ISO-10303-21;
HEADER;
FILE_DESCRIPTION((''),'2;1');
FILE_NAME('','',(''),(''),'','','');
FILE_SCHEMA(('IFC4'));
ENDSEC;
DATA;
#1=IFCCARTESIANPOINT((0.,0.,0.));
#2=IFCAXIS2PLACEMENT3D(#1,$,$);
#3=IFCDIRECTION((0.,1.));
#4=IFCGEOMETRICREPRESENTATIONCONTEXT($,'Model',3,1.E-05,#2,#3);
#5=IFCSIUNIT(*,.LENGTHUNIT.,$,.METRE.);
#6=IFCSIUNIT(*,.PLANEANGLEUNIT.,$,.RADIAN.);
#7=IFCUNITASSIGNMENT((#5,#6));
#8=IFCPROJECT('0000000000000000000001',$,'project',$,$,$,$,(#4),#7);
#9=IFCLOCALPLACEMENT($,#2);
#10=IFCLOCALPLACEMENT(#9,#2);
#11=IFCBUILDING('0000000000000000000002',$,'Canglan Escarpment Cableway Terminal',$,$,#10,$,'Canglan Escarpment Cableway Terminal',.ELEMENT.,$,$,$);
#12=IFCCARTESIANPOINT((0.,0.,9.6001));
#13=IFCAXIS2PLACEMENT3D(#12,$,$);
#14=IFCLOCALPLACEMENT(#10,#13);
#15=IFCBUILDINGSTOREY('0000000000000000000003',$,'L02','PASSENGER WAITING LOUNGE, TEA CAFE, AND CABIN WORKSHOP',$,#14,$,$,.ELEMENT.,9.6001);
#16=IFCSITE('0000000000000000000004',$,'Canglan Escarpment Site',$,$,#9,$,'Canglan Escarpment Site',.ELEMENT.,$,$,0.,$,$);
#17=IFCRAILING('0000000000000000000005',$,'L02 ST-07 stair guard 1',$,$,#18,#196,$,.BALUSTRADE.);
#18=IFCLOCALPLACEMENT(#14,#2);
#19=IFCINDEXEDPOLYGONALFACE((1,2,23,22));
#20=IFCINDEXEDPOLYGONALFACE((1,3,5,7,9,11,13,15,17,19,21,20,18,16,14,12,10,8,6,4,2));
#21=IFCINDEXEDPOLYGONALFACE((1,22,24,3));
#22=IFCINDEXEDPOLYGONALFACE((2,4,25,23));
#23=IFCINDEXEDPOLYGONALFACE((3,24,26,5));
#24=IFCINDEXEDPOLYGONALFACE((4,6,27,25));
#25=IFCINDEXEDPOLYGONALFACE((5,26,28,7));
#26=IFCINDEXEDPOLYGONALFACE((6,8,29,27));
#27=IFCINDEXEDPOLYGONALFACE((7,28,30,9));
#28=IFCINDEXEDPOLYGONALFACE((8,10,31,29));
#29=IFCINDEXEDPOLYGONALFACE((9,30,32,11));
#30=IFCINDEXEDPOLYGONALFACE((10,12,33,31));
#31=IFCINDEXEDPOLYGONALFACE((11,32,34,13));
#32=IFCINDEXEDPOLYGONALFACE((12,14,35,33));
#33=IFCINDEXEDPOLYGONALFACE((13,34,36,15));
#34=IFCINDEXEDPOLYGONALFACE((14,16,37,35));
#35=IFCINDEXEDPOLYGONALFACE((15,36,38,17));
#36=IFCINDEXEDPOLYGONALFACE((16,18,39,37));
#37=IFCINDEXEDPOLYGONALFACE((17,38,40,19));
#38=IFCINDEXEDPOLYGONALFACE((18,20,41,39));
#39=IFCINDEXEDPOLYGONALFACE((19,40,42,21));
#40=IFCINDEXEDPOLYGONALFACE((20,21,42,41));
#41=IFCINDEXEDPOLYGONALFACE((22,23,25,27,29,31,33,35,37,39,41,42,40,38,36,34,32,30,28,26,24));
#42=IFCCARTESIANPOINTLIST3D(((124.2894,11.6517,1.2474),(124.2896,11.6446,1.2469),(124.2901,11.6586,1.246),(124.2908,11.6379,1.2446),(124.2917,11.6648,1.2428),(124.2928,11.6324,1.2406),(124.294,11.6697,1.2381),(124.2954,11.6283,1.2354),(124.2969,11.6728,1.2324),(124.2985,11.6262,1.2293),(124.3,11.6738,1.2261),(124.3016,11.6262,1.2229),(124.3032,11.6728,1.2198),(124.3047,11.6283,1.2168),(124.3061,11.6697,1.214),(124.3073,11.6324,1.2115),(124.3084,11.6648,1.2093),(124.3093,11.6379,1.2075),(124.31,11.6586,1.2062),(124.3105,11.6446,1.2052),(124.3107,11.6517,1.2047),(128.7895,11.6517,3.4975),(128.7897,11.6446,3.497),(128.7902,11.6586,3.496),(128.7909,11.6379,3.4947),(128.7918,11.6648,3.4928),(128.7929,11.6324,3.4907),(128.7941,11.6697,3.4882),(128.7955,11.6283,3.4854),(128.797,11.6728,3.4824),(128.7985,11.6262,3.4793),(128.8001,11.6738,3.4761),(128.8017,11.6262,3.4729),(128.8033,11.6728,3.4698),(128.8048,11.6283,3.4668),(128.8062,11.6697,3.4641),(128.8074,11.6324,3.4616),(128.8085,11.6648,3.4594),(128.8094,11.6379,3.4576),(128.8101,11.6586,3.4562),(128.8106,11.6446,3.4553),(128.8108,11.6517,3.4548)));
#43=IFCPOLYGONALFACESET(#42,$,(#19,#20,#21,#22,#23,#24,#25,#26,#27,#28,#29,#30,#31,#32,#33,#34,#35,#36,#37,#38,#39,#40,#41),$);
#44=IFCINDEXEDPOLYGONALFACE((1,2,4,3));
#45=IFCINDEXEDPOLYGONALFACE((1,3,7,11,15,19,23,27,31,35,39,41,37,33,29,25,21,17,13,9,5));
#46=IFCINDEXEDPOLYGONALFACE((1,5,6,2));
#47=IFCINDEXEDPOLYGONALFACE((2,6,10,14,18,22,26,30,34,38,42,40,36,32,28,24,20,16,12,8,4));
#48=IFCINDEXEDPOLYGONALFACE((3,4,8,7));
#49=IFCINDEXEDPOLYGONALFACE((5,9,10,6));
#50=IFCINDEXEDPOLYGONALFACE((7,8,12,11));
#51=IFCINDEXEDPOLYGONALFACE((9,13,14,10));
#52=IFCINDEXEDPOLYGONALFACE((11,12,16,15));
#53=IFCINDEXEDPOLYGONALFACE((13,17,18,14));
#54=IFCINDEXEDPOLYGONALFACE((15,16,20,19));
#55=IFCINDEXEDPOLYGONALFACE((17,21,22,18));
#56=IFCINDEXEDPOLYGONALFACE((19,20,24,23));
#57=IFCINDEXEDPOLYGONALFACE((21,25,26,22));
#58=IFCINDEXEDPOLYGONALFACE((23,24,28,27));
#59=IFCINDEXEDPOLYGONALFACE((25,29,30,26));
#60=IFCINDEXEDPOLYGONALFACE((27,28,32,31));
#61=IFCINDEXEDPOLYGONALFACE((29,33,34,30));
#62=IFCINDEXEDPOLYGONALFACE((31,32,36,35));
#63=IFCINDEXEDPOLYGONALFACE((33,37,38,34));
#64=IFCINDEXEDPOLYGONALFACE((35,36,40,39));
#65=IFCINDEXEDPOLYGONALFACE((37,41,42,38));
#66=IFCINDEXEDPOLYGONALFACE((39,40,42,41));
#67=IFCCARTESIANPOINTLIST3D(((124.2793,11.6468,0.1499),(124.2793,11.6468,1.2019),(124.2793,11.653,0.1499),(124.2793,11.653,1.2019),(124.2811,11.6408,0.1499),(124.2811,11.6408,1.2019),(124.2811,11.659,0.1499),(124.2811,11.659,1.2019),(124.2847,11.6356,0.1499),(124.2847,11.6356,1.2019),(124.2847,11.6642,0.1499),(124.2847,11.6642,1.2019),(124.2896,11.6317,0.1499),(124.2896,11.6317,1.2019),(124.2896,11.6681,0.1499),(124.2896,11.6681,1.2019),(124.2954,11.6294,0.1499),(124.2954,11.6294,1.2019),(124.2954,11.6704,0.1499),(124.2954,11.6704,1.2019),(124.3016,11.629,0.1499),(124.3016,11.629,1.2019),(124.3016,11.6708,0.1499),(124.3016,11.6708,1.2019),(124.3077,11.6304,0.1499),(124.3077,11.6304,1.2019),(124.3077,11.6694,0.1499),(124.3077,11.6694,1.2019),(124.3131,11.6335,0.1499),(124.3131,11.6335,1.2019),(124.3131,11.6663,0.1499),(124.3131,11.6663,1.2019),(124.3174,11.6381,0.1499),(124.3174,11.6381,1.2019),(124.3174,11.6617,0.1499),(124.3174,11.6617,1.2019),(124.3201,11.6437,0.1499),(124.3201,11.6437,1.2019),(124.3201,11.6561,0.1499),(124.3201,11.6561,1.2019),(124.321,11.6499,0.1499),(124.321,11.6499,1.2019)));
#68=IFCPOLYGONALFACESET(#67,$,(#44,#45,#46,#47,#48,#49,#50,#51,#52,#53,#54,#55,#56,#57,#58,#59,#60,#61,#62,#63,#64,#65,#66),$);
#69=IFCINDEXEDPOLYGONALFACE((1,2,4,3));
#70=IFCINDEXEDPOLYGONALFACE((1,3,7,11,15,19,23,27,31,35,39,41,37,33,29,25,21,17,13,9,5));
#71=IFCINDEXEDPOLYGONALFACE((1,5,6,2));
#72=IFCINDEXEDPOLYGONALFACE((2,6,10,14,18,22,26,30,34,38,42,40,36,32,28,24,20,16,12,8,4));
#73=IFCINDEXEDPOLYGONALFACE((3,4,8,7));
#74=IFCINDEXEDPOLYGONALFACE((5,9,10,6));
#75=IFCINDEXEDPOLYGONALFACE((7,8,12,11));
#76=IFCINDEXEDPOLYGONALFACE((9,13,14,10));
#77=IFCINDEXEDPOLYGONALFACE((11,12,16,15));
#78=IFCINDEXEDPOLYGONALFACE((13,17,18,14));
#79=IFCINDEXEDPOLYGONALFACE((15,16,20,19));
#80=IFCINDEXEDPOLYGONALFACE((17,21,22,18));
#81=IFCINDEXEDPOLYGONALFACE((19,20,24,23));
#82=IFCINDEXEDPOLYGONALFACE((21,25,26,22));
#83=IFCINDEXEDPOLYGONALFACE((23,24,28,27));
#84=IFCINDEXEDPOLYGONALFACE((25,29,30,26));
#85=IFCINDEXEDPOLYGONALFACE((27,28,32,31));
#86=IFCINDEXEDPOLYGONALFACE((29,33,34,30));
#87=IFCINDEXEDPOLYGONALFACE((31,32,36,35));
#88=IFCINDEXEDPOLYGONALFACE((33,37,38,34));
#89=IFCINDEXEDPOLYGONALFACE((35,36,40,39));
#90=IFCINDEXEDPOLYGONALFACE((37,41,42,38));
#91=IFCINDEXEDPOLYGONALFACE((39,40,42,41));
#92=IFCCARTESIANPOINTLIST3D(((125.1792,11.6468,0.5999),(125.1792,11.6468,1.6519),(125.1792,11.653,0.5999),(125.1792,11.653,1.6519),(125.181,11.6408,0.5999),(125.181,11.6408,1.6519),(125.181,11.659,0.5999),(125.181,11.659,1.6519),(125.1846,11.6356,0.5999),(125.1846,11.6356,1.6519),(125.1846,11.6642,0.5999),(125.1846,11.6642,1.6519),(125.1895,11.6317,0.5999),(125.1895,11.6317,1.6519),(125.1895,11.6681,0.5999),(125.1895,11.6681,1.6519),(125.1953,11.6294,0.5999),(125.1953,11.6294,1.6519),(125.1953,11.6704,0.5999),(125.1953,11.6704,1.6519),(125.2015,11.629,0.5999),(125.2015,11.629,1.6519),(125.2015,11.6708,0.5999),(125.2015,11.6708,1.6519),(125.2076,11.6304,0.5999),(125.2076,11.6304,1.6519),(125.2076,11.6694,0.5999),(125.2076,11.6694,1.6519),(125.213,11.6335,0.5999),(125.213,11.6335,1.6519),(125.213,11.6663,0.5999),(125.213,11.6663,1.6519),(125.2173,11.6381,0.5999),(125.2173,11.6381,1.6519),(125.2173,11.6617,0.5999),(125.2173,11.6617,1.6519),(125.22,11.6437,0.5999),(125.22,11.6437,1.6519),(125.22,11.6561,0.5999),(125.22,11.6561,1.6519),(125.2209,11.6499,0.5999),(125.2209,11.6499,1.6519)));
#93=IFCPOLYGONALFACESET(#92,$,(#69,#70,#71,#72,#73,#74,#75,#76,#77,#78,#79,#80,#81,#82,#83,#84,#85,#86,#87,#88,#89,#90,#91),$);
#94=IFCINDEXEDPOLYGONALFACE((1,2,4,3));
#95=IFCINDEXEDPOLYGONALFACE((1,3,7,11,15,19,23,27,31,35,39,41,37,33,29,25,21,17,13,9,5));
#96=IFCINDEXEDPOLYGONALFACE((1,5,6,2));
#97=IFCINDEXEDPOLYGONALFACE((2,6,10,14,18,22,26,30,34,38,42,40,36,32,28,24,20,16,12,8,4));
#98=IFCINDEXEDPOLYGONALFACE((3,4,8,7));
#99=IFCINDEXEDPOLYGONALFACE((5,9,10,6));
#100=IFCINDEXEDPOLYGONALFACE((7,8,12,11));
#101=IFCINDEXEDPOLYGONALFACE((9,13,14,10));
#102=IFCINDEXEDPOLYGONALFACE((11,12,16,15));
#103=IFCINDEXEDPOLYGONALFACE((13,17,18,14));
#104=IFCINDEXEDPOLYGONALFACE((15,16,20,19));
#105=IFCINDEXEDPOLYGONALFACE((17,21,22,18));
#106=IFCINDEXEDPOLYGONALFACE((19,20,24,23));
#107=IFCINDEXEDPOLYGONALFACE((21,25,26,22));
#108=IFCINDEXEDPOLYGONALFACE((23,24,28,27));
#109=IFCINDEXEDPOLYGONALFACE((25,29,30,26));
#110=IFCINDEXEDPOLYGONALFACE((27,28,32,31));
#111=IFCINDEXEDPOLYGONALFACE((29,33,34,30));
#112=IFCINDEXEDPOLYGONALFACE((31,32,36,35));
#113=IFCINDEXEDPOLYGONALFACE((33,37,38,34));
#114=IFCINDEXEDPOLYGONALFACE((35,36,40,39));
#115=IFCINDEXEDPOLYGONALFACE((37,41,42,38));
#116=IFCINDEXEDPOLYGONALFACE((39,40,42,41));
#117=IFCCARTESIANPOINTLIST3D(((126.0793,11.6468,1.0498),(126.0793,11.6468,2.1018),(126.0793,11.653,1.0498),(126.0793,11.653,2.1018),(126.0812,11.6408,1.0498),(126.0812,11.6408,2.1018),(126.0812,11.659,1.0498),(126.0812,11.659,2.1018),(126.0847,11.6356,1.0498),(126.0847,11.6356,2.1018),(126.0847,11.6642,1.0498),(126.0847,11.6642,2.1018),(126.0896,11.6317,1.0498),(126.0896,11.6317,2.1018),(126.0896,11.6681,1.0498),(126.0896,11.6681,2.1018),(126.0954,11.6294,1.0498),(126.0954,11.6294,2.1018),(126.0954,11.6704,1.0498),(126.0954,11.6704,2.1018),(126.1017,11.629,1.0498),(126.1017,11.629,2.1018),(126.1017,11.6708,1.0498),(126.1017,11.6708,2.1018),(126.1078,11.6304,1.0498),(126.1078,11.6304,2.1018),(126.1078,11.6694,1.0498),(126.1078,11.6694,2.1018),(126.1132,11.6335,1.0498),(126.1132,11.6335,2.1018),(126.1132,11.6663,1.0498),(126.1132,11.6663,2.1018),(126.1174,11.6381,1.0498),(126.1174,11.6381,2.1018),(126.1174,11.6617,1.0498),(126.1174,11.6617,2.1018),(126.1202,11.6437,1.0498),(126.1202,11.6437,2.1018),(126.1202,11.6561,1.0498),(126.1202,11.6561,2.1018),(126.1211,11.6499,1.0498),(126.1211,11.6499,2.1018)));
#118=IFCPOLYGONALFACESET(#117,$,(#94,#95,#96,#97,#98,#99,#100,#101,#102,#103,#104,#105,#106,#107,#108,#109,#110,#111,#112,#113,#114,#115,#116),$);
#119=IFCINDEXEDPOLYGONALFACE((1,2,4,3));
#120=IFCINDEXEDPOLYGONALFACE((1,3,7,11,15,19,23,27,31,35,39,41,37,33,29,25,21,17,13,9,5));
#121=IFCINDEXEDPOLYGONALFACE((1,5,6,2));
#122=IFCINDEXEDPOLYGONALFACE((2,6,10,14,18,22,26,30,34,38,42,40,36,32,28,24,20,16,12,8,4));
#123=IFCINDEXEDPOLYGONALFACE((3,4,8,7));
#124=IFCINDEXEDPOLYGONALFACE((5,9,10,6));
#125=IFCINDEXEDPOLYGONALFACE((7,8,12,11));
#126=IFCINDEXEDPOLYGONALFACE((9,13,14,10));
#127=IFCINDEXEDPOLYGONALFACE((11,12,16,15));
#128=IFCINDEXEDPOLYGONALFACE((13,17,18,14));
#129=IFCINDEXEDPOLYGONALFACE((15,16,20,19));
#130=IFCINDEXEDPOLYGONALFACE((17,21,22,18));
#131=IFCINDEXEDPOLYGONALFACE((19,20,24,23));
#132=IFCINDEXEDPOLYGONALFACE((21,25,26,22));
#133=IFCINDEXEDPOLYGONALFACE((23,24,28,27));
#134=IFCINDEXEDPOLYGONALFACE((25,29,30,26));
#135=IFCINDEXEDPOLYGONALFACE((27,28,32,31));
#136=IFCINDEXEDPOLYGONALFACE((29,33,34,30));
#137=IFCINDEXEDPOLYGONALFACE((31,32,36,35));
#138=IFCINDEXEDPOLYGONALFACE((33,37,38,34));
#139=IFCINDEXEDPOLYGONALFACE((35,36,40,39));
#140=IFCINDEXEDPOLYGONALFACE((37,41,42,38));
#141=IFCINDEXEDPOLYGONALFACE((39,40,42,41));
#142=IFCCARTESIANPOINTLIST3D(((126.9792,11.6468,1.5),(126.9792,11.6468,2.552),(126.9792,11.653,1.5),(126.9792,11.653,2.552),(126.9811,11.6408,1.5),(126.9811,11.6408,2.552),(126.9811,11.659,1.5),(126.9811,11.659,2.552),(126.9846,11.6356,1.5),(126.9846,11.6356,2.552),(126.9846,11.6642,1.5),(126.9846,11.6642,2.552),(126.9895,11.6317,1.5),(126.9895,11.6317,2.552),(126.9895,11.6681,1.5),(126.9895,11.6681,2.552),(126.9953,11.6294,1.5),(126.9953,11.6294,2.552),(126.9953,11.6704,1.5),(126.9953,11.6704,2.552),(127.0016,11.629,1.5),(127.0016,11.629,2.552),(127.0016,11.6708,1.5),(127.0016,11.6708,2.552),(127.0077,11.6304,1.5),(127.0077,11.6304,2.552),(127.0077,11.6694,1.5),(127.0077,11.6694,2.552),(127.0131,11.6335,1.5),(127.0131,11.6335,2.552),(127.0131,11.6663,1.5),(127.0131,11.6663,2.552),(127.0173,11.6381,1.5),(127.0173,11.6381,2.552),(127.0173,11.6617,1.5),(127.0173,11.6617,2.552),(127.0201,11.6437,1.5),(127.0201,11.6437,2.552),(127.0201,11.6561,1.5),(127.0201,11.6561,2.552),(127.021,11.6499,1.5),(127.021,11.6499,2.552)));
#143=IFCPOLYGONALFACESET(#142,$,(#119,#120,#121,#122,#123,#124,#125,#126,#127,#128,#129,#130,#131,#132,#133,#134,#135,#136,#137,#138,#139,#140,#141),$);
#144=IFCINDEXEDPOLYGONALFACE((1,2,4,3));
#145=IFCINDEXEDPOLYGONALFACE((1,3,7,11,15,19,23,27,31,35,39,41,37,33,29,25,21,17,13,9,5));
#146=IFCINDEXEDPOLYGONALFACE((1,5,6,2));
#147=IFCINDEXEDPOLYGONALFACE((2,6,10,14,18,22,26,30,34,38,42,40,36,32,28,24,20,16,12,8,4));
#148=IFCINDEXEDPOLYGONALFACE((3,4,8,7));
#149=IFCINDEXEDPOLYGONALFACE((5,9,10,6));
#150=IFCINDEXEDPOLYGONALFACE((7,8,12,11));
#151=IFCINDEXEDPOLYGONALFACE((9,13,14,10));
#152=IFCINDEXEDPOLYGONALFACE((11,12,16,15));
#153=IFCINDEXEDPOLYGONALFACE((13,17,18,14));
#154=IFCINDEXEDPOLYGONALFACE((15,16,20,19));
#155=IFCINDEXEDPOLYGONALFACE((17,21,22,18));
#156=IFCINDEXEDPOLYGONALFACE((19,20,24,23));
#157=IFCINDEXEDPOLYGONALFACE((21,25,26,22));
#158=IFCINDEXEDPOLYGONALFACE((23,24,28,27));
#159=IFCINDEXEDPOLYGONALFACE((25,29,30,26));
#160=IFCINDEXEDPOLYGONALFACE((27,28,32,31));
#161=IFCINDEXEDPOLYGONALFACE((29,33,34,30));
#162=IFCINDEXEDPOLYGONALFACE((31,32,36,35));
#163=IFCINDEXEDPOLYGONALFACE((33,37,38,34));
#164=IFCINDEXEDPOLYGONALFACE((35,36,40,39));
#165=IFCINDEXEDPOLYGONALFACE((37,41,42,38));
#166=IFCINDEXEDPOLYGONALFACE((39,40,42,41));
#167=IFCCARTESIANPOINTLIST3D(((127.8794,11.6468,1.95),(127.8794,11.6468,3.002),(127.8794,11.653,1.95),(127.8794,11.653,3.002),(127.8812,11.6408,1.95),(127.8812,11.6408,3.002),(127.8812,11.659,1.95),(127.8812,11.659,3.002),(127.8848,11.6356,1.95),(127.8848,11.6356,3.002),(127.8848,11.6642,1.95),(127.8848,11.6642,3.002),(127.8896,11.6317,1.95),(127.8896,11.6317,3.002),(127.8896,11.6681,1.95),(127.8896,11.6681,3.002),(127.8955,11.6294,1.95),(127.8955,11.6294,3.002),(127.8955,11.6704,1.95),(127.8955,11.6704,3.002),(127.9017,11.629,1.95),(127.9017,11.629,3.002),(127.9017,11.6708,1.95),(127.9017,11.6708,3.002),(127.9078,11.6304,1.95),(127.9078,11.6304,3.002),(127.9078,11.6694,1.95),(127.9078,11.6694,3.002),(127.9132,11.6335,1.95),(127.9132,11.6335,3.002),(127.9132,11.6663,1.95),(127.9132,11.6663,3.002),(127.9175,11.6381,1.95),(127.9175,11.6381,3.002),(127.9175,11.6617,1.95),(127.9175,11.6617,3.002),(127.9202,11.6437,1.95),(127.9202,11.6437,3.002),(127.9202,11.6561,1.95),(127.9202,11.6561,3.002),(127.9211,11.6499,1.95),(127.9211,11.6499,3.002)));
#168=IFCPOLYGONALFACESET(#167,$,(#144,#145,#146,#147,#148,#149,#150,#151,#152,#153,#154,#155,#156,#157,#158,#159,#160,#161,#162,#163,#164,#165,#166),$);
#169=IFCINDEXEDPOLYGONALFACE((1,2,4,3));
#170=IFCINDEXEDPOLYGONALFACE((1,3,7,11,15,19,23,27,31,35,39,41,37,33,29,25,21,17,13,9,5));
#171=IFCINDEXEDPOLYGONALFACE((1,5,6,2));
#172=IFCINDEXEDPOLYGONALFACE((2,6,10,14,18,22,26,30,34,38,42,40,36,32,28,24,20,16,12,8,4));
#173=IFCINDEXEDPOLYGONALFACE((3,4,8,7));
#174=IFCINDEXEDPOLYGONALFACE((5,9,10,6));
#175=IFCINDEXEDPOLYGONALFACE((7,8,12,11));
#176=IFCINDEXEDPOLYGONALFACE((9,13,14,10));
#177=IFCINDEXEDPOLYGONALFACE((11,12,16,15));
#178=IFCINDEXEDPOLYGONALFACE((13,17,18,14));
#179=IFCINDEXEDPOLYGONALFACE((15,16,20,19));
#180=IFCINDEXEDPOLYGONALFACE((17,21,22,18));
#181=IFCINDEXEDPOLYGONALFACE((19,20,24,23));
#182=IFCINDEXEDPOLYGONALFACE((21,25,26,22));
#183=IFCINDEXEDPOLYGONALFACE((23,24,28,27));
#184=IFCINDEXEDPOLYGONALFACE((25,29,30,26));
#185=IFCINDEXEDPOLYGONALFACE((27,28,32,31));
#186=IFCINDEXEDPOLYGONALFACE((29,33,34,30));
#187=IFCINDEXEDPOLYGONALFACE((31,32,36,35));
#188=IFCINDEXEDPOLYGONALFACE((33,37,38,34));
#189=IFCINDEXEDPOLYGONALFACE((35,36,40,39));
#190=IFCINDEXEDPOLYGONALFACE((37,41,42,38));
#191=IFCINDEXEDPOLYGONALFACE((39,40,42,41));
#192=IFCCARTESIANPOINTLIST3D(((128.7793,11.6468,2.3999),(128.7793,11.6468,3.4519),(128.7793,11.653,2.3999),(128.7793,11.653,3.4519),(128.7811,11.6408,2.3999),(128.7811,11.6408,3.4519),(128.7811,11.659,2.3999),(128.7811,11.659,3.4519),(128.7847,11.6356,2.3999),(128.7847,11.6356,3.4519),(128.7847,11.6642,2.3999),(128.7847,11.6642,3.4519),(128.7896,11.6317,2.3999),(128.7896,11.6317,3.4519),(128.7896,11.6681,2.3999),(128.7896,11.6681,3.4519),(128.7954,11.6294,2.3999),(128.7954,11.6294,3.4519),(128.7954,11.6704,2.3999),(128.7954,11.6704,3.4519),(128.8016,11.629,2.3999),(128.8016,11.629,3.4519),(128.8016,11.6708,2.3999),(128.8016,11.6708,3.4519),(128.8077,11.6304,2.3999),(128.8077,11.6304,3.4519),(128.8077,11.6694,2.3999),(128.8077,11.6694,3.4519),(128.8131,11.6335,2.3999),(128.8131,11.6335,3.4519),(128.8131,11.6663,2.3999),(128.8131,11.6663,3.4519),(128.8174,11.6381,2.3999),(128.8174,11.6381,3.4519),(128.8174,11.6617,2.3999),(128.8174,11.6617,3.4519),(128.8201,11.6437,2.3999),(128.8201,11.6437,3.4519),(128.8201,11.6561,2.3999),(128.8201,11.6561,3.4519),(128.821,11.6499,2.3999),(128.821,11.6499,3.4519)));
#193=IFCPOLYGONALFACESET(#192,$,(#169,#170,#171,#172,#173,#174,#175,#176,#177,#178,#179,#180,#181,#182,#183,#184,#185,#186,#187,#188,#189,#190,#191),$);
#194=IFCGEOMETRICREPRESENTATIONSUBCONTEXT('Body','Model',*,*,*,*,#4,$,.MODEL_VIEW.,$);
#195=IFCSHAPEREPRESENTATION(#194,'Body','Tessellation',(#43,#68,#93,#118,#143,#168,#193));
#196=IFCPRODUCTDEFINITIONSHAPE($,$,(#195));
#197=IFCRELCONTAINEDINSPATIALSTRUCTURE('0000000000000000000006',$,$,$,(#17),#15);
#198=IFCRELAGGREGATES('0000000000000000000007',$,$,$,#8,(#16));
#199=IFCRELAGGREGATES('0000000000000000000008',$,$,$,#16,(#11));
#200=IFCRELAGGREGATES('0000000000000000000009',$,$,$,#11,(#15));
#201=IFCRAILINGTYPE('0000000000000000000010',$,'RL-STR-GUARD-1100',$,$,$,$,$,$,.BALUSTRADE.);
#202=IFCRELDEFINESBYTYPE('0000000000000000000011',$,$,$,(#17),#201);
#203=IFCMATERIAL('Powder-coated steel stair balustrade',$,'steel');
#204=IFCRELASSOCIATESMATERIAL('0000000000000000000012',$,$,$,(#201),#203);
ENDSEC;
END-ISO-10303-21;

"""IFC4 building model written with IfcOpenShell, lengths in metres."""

from ifc_helpers import new_model, si_unit, direction, frame, origin, origin_2d, place, context, subcontext, project, spatial, circle, extrude, material, type_object, element, save


model = new_model("IFC4")

# Units and contexts
model_context = context("Model", 3, precision=1e-05, world=origin(), true_north=direction((0.0, 1.0)))
body_context = subcontext(model_context, "Body", "Model", "MODEL_VIEW")
ifc_project = project(units=[si_unit("LENGTHUNIT", "METRE"), si_unit("PLANEANGLEUNIT", "RADIAN")], contexts=[model_context])

# Site, building, storey
site_placement = place(None, origin())
site = spatial("IfcSite", under=ifc_project, at=site_placement, Name="Canglan Escarpment Site", LongName="Canglan Escarpment Site", CompositionType="ELEMENT", RefElevation=0.0)
building_placement = place(site_placement, origin())
building = spatial("IfcBuilding", under=site, at=building_placement, Name="Canglan Escarpment Cableway Terminal", LongName="Canglan Escarpment Cableway Terminal", CompositionType="ELEMENT")
storey_placement = place(building_placement, frame((0.0, 0.0, 9.6001)))
storey = spatial("IfcBuildingStorey", under=building, at=storey_placement, Name="L02", Description="PASSENGER WAITING LOUNGE, TEA CAFE, AND CABIN WORKSHOP", CompositionType="ELEMENT", Elevation=9.6001)

# Railing
ifc_material_1 = material(Name="Powder-coated steel stair balustrade", Category="steel")
railing_type_1 = type_object("IfcRailingType", Name="RL-STR-GUARD-1100", PredefinedType="BALUSTRADE", material=ifc_material_1)
railing_1_placement = place(storey_placement, frame((124.3, 11.6499, 0.1499)))
element("IfcRailing", 1, at=railing_1_placement, inside=storey, type_object=railing_type_1, Name="L02 ST-07 stair guard 1", PredefinedType="BALUSTRADE", context=body_context, shape_type="SweptSolid", body=[
    extrude(circle(Radius=0.0239, at=origin_2d()), frame((0.0, 0.0, 1.0762), z_axis=(0.894427, 0.0, 0.447214), x_axis=(0.0, 1.0, 0.0)), (0.0, 0.0, 1.0), 5.0312),
    extrude(circle(Radius=0.021, at=origin_2d()), origin(), (0.0, 0.0, 1.0), 1.052),
    extrude(circle(Radius=0.021, at=origin_2d()), frame((0.8999, 0.0, 0.45)), (0.0, 0.0, 1.0), 1.052),
    extrude(circle(Radius=0.021, at=origin_2d()), frame((1.8, 0.0, 0.8999)), (0.0, 0.0, 1.0), 1.052),
    extrude(circle(Radius=0.021, at=origin_2d()), frame((2.7, 0.0, 1.3501)), (0.0, 0.0, 1.0), 1.052),
    extrude(circle(Radius=0.021, at=origin_2d()), frame((3.6001, 0.0, 1.8)), (0.0, 0.0, 1.0), 1.052),
    extrude(circle(Radius=0.021, at=origin_2d()), frame((4.5, 0.0, 2.25)), (0.0, 0.0, 1.0), 1.052),
])

save(model, "model.ifc")
